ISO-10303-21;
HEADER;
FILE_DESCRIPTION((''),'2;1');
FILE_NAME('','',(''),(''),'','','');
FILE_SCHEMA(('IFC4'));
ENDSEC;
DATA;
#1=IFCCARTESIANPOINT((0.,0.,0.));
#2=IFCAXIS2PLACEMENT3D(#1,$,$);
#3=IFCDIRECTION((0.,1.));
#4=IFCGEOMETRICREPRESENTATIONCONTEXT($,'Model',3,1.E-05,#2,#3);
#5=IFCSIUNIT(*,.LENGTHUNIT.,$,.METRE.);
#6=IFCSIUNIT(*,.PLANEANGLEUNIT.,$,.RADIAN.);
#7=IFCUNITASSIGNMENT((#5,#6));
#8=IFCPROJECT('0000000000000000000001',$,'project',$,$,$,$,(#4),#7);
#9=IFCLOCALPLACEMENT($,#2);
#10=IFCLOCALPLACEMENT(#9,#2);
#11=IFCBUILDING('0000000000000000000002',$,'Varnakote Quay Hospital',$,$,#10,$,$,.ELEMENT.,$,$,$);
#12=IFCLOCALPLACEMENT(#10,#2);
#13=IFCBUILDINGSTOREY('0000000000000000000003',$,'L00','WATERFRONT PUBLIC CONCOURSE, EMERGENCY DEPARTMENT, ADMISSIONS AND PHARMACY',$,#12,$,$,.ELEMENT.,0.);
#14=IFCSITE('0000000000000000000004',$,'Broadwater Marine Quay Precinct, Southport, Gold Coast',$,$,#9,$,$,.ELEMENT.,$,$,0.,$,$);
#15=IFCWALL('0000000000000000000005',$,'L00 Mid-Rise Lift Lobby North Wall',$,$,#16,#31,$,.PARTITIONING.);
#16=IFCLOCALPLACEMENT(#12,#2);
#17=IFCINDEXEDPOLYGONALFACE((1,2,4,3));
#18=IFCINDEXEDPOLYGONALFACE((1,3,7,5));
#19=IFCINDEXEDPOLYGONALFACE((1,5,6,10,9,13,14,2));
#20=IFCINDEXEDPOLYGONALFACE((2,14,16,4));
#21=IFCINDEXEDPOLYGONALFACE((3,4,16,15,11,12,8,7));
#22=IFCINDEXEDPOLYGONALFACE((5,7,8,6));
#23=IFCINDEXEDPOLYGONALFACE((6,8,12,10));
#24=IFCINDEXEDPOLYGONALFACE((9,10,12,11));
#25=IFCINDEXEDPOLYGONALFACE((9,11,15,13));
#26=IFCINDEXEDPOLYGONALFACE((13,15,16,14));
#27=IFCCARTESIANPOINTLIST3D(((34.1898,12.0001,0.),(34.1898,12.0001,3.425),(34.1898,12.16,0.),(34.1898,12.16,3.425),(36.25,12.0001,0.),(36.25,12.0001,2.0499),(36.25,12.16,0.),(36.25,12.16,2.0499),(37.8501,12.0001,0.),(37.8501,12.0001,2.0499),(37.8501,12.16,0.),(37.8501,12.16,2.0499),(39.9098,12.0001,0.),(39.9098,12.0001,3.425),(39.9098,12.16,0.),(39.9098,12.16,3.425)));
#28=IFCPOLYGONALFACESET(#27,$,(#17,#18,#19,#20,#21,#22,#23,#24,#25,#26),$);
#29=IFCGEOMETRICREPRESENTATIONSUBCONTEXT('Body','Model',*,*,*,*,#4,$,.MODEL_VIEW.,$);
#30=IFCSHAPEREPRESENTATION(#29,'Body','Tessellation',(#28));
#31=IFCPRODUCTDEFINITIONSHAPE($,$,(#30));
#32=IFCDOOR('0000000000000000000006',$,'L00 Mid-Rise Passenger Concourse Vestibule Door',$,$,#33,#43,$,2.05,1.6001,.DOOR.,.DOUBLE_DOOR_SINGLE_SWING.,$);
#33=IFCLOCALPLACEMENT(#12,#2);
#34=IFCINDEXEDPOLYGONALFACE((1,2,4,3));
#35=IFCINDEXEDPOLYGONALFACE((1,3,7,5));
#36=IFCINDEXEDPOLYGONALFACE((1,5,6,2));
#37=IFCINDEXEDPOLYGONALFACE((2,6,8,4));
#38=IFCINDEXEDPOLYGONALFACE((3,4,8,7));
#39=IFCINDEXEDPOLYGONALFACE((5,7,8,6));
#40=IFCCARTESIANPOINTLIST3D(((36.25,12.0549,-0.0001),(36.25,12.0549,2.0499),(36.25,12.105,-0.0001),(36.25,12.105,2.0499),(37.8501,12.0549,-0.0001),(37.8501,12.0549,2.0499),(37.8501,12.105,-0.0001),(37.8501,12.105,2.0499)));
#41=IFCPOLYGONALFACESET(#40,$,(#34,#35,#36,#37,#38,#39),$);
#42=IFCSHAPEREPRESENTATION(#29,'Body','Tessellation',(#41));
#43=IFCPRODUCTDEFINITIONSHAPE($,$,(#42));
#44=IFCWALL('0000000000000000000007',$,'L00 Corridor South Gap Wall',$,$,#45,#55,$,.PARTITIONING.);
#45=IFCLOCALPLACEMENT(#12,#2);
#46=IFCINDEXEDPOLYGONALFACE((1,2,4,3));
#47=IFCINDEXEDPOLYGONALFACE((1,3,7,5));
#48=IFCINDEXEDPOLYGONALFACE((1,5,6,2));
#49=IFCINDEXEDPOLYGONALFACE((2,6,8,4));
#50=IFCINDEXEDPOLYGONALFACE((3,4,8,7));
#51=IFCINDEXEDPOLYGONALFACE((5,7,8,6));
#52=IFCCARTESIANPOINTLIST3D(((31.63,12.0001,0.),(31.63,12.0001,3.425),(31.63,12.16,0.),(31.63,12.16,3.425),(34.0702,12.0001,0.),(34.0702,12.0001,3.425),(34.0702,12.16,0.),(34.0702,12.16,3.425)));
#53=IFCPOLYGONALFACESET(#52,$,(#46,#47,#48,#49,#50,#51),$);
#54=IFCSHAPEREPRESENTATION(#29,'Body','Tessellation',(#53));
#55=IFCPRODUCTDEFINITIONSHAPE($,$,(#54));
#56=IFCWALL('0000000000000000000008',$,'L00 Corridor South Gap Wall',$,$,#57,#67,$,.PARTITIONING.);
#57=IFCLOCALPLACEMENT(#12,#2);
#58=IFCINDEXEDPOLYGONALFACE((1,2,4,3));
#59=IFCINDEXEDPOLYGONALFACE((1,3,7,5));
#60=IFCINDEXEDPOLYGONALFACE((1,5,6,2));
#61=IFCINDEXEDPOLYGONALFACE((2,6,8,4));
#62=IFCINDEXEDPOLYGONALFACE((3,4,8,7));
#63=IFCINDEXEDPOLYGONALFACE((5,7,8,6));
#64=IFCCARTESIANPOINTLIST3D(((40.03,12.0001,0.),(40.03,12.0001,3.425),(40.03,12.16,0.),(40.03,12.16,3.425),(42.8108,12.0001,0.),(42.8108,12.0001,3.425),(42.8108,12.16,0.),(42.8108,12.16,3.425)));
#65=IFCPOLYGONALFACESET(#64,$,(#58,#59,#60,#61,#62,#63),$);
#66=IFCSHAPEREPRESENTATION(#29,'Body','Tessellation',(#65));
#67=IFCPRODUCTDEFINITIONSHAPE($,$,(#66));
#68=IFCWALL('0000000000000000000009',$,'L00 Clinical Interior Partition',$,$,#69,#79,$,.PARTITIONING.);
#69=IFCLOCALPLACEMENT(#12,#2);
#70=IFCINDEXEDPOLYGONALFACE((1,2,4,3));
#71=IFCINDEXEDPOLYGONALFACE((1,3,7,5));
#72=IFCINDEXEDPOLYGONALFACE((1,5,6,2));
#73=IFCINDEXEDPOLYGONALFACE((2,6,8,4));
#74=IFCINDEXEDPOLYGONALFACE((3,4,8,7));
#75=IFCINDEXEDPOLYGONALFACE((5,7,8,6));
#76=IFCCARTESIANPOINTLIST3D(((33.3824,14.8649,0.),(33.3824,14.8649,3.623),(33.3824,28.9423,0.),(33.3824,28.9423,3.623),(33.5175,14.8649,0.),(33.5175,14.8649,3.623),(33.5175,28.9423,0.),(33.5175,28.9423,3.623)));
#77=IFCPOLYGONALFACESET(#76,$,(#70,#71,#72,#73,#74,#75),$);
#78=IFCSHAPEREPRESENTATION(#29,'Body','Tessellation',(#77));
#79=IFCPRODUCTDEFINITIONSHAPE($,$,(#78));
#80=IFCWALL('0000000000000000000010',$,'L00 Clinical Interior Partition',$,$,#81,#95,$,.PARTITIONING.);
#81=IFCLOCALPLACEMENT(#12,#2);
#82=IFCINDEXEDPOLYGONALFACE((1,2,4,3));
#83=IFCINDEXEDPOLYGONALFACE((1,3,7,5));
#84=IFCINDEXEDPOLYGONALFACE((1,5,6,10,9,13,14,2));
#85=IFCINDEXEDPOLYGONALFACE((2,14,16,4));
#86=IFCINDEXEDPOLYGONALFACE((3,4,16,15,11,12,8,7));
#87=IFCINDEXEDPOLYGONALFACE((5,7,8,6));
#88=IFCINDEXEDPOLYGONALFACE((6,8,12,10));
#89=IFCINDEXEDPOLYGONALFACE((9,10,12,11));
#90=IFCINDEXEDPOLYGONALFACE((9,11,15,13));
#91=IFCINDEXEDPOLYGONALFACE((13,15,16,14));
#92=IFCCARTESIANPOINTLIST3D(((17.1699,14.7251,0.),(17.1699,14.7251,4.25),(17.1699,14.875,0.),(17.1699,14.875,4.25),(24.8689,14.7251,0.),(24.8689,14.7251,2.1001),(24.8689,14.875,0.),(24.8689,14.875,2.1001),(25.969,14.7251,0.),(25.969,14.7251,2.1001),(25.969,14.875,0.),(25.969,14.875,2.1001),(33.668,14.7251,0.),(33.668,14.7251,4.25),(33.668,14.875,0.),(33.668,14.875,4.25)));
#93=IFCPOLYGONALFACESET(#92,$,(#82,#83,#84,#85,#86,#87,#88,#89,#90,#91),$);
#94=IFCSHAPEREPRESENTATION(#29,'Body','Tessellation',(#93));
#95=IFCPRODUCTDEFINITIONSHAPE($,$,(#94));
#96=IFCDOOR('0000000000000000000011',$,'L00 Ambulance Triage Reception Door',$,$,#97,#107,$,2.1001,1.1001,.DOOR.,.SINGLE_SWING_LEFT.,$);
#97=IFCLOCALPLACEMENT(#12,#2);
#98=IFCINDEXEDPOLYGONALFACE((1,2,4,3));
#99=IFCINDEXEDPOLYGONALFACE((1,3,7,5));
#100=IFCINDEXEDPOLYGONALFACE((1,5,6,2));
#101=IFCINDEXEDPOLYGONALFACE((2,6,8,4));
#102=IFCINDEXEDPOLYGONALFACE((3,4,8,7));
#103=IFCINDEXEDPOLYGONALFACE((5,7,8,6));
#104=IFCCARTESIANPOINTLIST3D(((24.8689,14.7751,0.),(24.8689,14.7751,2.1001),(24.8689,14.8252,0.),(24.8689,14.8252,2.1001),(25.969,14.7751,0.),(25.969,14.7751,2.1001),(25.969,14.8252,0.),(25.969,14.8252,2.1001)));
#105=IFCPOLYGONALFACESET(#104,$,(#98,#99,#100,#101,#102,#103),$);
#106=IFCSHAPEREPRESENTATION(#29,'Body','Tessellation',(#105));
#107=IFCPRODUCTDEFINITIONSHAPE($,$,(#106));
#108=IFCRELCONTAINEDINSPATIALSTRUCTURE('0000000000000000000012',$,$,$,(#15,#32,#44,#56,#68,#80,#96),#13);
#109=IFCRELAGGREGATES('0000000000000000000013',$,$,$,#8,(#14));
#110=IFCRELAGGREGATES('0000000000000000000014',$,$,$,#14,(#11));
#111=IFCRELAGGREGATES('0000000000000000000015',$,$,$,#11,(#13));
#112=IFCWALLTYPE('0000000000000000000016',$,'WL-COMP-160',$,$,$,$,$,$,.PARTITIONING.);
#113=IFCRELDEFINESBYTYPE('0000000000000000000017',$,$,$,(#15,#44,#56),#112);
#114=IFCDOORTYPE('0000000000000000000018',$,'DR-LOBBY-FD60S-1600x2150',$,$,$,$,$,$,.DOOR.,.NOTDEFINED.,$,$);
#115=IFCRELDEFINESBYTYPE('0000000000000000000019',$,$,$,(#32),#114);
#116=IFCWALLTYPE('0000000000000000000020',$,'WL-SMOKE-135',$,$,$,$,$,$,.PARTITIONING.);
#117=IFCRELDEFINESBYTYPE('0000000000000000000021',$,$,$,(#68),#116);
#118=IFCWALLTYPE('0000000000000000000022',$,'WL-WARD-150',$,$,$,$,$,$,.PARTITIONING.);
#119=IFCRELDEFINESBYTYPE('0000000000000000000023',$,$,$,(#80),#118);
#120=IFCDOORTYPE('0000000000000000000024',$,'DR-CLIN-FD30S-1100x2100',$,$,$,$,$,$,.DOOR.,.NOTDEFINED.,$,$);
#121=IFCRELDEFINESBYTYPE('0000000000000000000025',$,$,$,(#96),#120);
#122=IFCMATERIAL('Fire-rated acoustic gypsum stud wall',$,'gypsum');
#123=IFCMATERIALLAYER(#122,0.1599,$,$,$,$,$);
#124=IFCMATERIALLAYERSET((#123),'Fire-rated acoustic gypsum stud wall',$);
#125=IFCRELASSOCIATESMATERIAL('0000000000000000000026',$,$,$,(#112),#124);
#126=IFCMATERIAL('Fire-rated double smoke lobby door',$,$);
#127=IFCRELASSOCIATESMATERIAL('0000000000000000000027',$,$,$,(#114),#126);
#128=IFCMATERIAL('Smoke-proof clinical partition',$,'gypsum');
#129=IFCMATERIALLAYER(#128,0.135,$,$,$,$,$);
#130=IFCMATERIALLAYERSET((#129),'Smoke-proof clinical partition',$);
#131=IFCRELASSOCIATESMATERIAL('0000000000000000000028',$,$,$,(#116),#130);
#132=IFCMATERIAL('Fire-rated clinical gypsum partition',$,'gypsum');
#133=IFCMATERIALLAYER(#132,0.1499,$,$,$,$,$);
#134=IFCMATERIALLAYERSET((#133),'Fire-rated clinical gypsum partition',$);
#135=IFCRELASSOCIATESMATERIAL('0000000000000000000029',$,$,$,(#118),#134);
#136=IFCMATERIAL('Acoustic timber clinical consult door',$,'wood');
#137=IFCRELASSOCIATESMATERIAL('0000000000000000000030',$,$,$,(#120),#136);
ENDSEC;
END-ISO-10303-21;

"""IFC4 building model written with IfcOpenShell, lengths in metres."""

from ifc_helpers import new_model, si_unit, direction, frame, frame_2d, origin, place, context, subcontext, project, spatial, rectangle, extrude, material, layer, layer_set, type_object, element, fill, save


model = new_model("IFC4")

# Units and contexts
model_context = context("Model", 3, precision=1e-05, world=origin(), true_north=direction((0.0, 1.0)))
body_context = subcontext(model_context, "Body", "Model", "MODEL_VIEW")
ifc_project = project(units=[si_unit("LENGTHUNIT", "METRE"), si_unit("PLANEANGLEUNIT", "RADIAN")], contexts=[model_context])

# Site, building, storey
site_placement = place(None, origin())
site = spatial("IfcSite", under=ifc_project, at=site_placement, Name="Broadwater Marine Quay Precinct, Southport, Gold Coast", CompositionType="ELEMENT", RefElevation=0.0)
building_placement = place(site_placement, origin())
building = spatial("IfcBuilding", under=site, at=building_placement, Name="Varnakote Quay Hospital", CompositionType="ELEMENT")
storey_placement = place(building_placement, origin())
storey = spatial("IfcBuildingStorey", under=building, at=storey_placement, Name="L00", Description="WATERFRONT PUBLIC CONCOURSE, EMERGENCY DEPARTMENT, ADMISSIONS AND PHARMACY", CompositionType="ELEMENT", Elevation=0.0)

# Wall, opening, door
ifc_material_1 = material(Name="Fire-rated acoustic gypsum stud wall", Category="gypsum")
ifc_layer_1 = layer(ifc_material_1, 0.1599)
ifc_layer_set_1 = layer_set([ifc_layer_1], Name="Fire-rated acoustic gypsum stud wall")
wall_type_1 = type_object("IfcWallType", Name="WL-COMP-160", PredefinedType="PARTITIONING", material=ifc_layer_set_1)
wall_1_placement = place(storey_placement, frame((34.1899, 12.0801, 0.0), z_axis=(0.0, 0.0, 1.0), x_axis=(1.0, 0.0, 0.0)))
wall_1 = element("IfcWall", 1, at=wall_1_placement, inside=storey, type_object=wall_type_1, Name="L00 Mid-Rise Lift Lobby North Wall", PredefinedType="PARTITIONING", context=body_context, shape_type="SweptSolid", body=[
    extrude(rectangle(XDim=5.72, YDim=0.1599, at=frame_2d((2.8599, 0.0))), origin(), (0.0, 0.0, 1.0), 3.425),
])
opening_1_placement = place(wall_1_placement, frame((2.0601, 0.0, 0.0)))
opening_1 = element("IfcOpeningElement", 2, at=opening_1_placement, cuts=wall_1, PredefinedType="OPENING", context=body_context, shape_type="SweptSolid", body=[
    extrude(rectangle(XDim=1.6001, YDim=2.05, at=frame_2d((0.8, 1.0249))), frame((0.0, 0.0898, 0.0), z_axis=(0.0, -1.0, 0.0), x_axis=(1.0, 0.0, 0.0)), (0.0, 0.0, 1.0), 0.1799),
])
ifc_material_2 = material(Name="Fire-rated double smoke lobby door")
door_type_1 = type_object("IfcDoorType", Name="DR-LOBBY-FD60S-1600x2150", OperationType="NOTDEFINED", PredefinedType="DOOR", material=ifc_material_2)
door_1_placement = place(opening_1_placement, origin())
door_1 = element("IfcDoor", 3, at=door_1_placement, inside=storey, type_object=door_type_1, Name="L00 Mid-Rise Passenger Concourse Vestibule Door", OperationType="DOUBLE_DOOR_SINGLE_SWING", OverallHeight=2.05, OverallWidth=1.6001, PredefinedType="DOOR", context=body_context, shape_type="SweptSolid", body=[
    extrude(rectangle(XDim=1.6001, YDim=2.05, at=frame_2d((0.8, 1.0249))), frame((0.0, 0.0249, 0.0), z_axis=(0.0, -1.0, 0.0), x_axis=(1.0, 0.0, 0.0)), (0.0, 0.0, 1.0), 0.05),
])
fill(opening_1, door_1)

# Walls
wall_2_placement = place(storey_placement, frame((31.6299, 12.0801, 0.0), z_axis=(0.0, 0.0, 1.0), x_axis=(1.0, 0.0, 0.0)))
element("IfcWall", 4, at=wall_2_placement, inside=storey, type_object=wall_type_1, Name="L00 Corridor South Gap Wall", PredefinedType="PARTITIONING", context=body_context, shape_type="SweptSolid", body=[
    extrude(rectangle(XDim=2.4402, YDim=0.1599, at=frame_2d((1.2202, 0.0))), origin(), (0.0, 0.0, 1.0), 3.425),
])
wall_3_placement = place(storey_placement, frame((40.03, 12.0801, 0.0), z_axis=(0.0, 0.0, 1.0), x_axis=(1.0, 0.0, 0.0)))
element("IfcWall", 5, at=wall_3_placement, inside=storey, type_object=wall_type_1, Name="L00 Corridor South Gap Wall", PredefinedType="PARTITIONING", context=body_context, shape_type="SweptSolid", body=[
    extrude(rectangle(XDim=2.7808, YDim=0.1599, at=frame_2d((1.3904, 0.0))), origin(), (0.0, 0.0, 1.0), 3.425),
])
ifc_material_3 = material(Name="Smoke-proof clinical partition", Category="gypsum")
ifc_layer_2 = layer(ifc_material_3, 0.135)
ifc_layer_set_2 = layer_set([ifc_layer_2], Name="Smoke-proof clinical partition")
wall_type_2 = type_object("IfcWallType", Name="WL-SMOKE-135", PredefinedType="PARTITIONING", material=ifc_layer_set_2)
wall_4_placement = place(storey_placement, frame((33.45, 14.865, 0.0), z_axis=(0.0, 0.0, 1.0), x_axis=(0.0, 1.0, 0.0)))
element("IfcWall", 6, at=wall_4_placement, inside=storey, type_object=wall_type_2, Name="L00 Clinical Interior Partition", PredefinedType="PARTITIONING", context=body_context, shape_type="SweptSolid", body=[
    extrude(rectangle(XDim=14.0774, YDim=0.135, at=frame_2d((7.0386, 0.0))), origin(), (0.0, 0.0, 1.0), 3.623),
])

# Wall, opening, door
ifc_material_4 = material(Name="Fire-rated clinical gypsum partition", Category="gypsum")
ifc_layer_3 = layer(ifc_material_4, 0.1499)
ifc_layer_set_3 = layer_set([ifc_layer_3], Name="Fire-rated clinical gypsum partition")
wall_type_3 = type_object("IfcWallType", Name="WL-WARD-150", PredefinedType="PARTITIONING", material=ifc_layer_set_3)
wall_5_placement = place(storey_placement, frame((33.668, 14.8, 0.0), z_axis=(0.0, 0.0, 1.0), x_axis=(-1.0, 0.0, 0.0)))
wall_5 = element("IfcWall", 7, at=wall_5_placement, inside=storey, type_object=wall_type_3, Name="L00 Clinical Interior Partition", PredefinedType="PARTITIONING", context=body_context, shape_type="SweptSolid", body=[
    extrude(rectangle(XDim=16.498, YDim=0.1499, at=frame_2d((8.249, 0.0))), origin(), (0.0, 0.0, 1.0), 4.25),
])
opening_2_placement = place(wall_5_placement, frame((7.699, 0.0, 0.0)))
opening_2 = element("IfcOpeningElement", 8, at=opening_2_placement, cuts=wall_5, PredefinedType="OPENING", context=body_context, shape_type="SweptSolid", body=[
    extrude(rectangle(XDim=1.1001, YDim=2.1001, at=frame_2d((0.55, 1.05))), frame((0.0, 0.085, 0.0), z_axis=(0.0, -1.0, 0.0), x_axis=(1.0, 0.0, 0.0)), (0.0, 0.0, 1.0), 0.1699),
])
ifc_material_5 = material(Name="Acoustic timber clinical consult door", Category="wood")
door_type_2 = type_object("IfcDoorType", Name="DR-CLIN-FD30S-1100x2100", OperationType="NOTDEFINED", PredefinedType="DOOR", material=ifc_material_5)
door_2_placement = place(opening_2_placement, origin())
door_2 = element("IfcDoor", 9, at=door_2_placement, inside=storey, type_object=door_type_2, Name="L00 Ambulance Triage Reception Door", OperationType="SINGLE_SWING_LEFT", OverallHeight=2.1001, OverallWidth=1.1001, PredefinedType="DOOR", context=body_context, shape_type="SweptSolid", body=[
    extrude(rectangle(XDim=1.1001, YDim=2.1001, at=frame_2d((0.55, 1.05))), frame((0.0, 0.0249, 0.0), z_axis=(0.0, -1.0, 0.0), x_axis=(1.0, 0.0, 0.0)), (0.0, 0.0, 1.0), 0.05),
])
fill(opening_2, door_2)

save(model, "model.ifc")
